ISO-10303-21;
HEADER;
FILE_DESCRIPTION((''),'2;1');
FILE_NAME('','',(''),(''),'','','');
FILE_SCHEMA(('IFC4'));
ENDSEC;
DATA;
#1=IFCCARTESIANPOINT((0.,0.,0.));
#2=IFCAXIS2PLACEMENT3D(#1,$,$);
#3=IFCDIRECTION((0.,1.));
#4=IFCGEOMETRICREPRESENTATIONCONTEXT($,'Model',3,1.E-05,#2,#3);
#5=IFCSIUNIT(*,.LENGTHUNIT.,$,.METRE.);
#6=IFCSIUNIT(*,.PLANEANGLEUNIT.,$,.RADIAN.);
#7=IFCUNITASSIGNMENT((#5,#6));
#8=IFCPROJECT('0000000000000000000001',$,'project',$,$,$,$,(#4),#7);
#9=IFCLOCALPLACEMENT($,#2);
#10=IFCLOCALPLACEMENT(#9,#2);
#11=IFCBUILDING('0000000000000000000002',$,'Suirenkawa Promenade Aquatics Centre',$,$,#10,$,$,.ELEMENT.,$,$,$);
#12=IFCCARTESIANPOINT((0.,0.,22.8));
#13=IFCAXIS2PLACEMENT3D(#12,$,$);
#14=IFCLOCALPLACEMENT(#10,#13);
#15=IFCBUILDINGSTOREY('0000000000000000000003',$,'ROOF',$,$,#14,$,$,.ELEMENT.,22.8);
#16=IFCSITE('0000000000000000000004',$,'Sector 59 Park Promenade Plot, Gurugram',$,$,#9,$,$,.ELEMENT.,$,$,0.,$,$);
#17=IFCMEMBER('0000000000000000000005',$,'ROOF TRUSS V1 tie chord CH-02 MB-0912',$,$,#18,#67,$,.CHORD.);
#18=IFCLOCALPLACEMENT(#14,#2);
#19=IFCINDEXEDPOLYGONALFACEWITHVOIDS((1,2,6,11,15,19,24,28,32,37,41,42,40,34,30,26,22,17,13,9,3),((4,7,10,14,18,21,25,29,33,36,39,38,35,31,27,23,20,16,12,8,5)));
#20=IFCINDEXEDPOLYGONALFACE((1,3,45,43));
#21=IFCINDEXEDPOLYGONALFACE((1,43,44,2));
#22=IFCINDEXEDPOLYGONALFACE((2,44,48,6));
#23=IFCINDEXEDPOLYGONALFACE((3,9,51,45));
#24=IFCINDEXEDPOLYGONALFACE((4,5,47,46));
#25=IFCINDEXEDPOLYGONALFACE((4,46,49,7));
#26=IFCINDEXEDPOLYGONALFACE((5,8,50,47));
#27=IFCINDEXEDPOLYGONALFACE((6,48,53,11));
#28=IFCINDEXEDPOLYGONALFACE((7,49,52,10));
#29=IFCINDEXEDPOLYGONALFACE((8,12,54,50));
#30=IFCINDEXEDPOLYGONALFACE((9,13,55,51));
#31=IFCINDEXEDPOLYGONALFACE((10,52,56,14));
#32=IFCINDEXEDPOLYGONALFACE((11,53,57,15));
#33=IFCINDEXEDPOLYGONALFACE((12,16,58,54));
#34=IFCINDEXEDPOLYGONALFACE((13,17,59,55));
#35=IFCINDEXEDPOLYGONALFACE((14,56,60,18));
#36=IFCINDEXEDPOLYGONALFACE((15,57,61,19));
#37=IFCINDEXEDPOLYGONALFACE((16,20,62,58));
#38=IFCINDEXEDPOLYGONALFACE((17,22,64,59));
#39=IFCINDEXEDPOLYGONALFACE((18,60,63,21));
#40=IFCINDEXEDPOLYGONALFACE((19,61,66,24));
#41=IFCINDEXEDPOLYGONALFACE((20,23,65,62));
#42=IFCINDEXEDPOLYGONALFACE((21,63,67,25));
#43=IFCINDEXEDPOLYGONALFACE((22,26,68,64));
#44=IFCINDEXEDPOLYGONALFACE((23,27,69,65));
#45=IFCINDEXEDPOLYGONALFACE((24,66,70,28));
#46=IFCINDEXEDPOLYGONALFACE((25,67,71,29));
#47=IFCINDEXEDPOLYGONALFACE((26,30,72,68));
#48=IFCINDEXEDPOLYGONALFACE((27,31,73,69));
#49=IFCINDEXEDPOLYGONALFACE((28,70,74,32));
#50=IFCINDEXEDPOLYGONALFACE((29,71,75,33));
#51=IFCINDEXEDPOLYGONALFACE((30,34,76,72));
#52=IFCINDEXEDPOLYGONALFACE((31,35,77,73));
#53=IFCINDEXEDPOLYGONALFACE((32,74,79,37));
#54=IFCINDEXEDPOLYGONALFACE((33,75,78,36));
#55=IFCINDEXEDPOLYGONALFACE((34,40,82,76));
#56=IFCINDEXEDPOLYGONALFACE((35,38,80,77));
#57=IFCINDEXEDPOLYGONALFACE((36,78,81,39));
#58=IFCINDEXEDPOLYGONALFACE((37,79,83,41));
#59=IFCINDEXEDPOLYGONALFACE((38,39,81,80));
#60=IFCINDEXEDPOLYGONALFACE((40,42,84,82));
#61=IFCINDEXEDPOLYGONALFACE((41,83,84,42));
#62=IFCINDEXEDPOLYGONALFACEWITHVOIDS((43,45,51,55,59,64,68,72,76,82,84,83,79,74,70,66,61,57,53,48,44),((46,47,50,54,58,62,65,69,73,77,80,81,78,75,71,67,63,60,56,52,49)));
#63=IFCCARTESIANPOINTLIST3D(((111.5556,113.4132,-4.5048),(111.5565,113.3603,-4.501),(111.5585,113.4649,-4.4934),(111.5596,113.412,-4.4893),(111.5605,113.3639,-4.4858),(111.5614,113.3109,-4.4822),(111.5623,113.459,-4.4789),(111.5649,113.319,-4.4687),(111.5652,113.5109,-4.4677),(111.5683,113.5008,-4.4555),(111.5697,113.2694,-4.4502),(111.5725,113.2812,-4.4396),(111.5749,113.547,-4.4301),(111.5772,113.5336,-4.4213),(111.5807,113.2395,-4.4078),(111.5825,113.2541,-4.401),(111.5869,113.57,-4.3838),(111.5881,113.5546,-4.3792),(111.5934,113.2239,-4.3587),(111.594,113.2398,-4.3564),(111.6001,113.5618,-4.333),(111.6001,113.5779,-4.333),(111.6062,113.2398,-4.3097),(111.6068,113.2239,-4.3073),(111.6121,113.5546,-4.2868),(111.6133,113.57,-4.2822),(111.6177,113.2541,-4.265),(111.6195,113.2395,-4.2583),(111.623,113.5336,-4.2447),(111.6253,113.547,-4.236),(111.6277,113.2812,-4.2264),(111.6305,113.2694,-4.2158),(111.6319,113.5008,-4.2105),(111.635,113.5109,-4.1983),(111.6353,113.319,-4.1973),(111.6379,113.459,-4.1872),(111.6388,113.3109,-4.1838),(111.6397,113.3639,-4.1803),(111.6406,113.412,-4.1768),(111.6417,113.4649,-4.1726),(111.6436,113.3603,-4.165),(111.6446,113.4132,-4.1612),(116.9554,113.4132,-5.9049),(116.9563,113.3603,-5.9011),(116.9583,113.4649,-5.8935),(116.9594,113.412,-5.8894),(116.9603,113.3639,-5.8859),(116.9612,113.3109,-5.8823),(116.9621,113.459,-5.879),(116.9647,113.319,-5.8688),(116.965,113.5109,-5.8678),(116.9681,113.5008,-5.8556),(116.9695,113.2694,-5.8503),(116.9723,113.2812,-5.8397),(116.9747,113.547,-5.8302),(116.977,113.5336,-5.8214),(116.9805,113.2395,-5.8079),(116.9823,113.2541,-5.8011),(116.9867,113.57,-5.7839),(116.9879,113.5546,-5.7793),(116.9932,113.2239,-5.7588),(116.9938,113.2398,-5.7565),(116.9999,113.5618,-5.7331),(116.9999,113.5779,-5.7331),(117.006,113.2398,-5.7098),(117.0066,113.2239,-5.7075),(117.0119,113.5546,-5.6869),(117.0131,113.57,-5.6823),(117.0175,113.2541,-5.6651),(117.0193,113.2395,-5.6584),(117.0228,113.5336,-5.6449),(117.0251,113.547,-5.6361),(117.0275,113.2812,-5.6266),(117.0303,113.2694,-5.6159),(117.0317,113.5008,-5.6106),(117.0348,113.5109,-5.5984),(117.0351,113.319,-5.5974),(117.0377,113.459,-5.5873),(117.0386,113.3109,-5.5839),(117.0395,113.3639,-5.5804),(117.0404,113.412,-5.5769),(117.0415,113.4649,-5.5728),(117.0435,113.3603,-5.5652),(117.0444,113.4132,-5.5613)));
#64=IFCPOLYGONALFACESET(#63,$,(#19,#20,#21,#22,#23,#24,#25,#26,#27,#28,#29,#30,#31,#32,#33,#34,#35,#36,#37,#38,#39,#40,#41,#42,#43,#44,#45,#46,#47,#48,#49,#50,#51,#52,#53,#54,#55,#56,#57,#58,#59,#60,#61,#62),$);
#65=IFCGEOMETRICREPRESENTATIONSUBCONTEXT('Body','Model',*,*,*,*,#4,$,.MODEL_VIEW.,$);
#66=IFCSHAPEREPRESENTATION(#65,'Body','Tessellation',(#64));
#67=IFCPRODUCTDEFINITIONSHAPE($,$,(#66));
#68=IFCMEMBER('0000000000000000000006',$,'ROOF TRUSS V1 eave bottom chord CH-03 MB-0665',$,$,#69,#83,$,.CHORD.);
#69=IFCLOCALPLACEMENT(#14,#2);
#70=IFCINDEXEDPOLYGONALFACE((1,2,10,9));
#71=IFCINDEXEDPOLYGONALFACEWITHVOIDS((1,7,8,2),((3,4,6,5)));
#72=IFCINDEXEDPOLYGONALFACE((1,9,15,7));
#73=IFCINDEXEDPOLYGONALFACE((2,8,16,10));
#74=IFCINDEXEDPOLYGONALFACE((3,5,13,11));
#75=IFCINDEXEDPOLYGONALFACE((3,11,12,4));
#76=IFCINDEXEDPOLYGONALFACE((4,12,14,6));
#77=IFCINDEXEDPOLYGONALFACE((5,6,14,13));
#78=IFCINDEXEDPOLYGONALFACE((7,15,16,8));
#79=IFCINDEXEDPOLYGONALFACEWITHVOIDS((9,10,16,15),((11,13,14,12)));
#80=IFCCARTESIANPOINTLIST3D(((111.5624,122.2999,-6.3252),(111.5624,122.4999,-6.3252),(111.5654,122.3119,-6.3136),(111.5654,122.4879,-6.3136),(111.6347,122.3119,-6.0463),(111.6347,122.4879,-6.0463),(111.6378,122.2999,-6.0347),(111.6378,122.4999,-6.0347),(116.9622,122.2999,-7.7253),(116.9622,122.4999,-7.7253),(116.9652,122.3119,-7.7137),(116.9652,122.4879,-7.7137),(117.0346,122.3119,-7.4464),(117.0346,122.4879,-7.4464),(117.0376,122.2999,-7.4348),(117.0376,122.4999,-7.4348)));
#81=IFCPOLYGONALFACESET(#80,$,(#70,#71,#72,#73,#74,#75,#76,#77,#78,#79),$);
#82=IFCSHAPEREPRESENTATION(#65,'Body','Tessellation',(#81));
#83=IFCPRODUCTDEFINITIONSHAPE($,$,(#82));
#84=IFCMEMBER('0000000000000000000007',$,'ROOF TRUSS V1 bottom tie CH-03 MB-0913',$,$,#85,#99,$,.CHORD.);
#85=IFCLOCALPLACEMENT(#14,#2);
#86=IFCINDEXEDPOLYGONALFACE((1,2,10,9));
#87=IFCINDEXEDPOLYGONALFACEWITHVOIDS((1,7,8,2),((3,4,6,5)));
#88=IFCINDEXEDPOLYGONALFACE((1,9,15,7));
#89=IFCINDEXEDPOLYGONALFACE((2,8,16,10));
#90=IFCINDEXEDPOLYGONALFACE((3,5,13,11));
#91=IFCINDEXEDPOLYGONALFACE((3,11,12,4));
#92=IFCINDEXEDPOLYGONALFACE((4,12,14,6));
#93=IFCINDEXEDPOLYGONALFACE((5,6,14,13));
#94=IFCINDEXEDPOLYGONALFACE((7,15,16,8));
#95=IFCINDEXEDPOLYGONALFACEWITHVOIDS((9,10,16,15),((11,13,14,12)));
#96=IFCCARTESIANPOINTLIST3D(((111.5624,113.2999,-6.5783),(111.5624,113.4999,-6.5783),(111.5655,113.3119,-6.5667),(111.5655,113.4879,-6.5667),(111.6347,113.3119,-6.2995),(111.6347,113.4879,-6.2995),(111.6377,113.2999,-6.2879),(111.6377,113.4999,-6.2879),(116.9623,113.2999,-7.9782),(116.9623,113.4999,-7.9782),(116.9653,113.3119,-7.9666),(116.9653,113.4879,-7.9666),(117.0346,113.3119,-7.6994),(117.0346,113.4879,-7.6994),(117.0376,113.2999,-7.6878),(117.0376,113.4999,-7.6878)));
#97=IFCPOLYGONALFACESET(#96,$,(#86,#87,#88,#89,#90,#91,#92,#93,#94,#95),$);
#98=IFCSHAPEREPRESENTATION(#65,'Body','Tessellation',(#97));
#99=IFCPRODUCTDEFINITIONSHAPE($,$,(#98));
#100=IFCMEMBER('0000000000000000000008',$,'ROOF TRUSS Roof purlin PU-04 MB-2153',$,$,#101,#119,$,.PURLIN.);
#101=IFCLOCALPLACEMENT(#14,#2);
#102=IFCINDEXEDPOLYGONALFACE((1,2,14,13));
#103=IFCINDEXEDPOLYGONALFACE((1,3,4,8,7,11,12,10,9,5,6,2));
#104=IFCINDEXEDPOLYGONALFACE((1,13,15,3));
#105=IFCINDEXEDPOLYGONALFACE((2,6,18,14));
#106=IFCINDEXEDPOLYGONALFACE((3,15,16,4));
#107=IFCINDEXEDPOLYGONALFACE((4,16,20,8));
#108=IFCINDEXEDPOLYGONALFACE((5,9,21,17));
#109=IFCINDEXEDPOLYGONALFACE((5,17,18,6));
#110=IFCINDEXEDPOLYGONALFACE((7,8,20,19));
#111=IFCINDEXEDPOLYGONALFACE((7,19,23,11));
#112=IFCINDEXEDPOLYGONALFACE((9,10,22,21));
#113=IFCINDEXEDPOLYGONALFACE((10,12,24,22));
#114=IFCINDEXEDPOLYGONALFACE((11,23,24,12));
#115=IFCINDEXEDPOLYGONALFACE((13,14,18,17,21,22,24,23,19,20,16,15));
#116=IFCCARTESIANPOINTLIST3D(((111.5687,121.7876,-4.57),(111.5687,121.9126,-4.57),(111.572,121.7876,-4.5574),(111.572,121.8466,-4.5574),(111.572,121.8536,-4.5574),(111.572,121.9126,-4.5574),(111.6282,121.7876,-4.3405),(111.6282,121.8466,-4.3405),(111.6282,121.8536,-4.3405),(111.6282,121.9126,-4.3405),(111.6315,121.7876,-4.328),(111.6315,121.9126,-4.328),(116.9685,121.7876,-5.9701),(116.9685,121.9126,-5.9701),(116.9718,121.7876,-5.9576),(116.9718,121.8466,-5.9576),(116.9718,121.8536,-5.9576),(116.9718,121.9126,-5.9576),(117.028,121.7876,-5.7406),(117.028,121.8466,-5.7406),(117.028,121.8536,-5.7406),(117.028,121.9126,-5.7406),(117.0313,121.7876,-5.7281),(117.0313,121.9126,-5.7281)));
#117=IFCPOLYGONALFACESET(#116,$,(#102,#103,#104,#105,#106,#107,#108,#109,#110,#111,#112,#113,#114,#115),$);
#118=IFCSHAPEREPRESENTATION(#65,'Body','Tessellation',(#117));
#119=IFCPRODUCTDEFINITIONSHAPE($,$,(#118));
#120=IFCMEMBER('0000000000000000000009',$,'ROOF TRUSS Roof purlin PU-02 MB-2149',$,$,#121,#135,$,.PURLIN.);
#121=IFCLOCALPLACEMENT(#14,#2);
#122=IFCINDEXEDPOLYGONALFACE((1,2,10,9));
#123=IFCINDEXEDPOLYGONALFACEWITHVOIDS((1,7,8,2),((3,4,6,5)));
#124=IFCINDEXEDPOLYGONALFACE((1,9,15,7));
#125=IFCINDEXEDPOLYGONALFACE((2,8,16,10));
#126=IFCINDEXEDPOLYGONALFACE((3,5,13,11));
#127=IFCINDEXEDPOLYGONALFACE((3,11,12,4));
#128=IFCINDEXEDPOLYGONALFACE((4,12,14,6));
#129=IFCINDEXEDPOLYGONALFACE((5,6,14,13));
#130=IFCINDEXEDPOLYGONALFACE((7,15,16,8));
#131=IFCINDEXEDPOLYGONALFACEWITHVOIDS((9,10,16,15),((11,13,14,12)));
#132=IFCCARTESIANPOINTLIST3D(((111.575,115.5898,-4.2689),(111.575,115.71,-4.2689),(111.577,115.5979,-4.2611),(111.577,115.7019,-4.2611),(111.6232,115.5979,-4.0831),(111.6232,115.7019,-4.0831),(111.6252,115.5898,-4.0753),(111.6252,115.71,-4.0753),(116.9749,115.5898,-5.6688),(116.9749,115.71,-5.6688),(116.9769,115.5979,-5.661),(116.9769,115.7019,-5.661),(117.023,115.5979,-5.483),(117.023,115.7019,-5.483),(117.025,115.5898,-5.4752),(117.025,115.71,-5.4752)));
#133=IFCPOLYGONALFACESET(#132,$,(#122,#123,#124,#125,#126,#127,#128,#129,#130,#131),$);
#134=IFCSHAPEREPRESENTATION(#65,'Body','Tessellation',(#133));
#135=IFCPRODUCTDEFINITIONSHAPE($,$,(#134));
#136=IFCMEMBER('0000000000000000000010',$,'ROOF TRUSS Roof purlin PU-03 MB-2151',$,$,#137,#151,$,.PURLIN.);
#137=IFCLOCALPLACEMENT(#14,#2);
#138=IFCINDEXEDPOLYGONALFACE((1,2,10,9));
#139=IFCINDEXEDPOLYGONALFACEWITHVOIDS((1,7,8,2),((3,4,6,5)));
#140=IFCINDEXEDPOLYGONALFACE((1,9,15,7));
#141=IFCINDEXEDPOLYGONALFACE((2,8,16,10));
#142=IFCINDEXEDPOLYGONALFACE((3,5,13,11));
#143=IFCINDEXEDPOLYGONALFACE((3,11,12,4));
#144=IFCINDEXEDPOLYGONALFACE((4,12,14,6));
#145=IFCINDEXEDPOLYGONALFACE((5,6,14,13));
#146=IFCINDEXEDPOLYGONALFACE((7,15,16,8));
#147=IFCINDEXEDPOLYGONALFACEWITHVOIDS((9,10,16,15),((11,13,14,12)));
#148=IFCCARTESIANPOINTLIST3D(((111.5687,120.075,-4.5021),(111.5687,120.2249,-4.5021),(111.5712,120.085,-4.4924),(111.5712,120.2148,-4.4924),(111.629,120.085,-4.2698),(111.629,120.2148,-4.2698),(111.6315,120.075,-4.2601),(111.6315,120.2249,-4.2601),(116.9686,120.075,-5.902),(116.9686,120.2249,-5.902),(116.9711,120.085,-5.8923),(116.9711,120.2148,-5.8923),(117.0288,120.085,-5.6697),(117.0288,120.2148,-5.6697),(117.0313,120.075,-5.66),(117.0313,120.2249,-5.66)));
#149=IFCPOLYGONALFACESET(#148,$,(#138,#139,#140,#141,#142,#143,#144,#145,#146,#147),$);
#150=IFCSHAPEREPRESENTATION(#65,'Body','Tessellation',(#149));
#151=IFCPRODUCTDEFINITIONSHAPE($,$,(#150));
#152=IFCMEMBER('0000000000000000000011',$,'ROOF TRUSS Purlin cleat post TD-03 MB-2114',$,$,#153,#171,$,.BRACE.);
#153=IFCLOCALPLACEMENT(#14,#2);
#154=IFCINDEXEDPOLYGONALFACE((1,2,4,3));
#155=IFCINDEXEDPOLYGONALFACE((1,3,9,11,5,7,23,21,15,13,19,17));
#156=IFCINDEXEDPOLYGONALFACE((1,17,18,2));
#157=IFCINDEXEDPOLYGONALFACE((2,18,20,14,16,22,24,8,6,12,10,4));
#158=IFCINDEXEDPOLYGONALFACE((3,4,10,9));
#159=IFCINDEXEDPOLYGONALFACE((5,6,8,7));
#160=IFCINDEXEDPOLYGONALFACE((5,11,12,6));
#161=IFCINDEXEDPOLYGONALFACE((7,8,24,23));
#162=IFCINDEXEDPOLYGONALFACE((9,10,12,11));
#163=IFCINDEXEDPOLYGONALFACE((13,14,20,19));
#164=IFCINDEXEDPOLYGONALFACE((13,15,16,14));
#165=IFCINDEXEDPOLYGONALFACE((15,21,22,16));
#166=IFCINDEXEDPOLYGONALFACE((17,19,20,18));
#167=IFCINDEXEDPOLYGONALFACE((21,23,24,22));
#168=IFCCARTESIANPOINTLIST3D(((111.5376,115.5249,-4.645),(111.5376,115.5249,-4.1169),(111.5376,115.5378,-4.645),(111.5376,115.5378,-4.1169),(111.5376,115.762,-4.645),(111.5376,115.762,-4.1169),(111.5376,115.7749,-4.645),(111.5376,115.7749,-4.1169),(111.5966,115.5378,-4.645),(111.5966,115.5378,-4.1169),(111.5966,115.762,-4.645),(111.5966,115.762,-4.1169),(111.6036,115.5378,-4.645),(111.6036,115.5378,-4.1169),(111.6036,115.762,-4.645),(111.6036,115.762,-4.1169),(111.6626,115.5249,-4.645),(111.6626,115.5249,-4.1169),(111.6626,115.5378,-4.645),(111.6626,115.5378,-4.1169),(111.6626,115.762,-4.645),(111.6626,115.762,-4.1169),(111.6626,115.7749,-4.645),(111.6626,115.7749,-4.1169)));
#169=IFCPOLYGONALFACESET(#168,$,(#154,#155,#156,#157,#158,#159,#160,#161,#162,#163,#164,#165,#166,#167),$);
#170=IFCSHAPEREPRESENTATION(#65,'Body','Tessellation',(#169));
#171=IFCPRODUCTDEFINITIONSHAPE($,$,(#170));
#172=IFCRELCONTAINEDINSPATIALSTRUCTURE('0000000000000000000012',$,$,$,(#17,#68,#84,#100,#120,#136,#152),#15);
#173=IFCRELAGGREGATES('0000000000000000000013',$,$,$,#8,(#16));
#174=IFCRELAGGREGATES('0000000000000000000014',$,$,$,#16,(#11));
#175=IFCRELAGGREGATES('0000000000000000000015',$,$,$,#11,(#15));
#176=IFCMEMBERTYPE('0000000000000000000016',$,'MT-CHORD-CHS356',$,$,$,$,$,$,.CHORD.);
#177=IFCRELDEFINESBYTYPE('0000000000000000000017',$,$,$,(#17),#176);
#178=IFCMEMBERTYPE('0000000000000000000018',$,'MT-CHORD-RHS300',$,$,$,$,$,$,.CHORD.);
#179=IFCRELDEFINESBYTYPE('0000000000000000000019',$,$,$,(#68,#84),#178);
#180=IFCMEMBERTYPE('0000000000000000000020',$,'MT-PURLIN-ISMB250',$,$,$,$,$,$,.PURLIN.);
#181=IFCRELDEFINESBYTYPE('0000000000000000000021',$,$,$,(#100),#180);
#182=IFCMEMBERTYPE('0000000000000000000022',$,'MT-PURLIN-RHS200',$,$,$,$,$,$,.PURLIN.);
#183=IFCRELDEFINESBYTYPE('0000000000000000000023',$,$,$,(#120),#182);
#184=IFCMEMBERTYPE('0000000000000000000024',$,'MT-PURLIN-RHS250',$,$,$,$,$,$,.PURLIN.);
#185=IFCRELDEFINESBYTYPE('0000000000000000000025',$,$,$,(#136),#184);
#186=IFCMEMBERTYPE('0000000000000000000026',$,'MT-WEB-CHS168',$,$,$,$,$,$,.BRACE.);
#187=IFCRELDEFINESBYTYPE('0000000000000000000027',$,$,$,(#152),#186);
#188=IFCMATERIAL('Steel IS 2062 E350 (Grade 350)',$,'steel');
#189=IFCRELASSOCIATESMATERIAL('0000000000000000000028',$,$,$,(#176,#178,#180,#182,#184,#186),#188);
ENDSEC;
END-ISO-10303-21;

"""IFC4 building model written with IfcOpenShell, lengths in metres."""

from ifc_helpers import new_model, si_unit, direction, frame, origin, origin_2d, place, context, subcontext, project, spatial, hollow_rectangle, hollow_circle, i_section, extrude, material, material_profile, profile_set, type_object, element, save


model = new_model("IFC4")

# Units and contexts
model_context = context("Model", 3, precision=1e-05, world=origin(), true_north=direction((0.0, 1.0)))
body_context = subcontext(model_context, "Body", "Model", "MODEL_VIEW")
ifc_project = project(units=[si_unit("LENGTHUNIT", "METRE"), si_unit("PLANEANGLEUNIT", "RADIAN")], contexts=[model_context])

# Site, building, storey
site_placement = place(None, origin())
site = spatial("IfcSite", under=ifc_project, at=site_placement, Name="Sector 59 Park Promenade Plot, Gurugram", CompositionType="ELEMENT", RefElevation=0.0)
building_placement = place(site_placement, origin())
building = spatial("IfcBuilding", under=site, at=building_placement, Name="Suirenkawa Promenade Aquatics Centre", CompositionType="ELEMENT")
storey_placement = place(building_placement, frame((0.0, 0.0, 22.8)))
storey = spatial("IfcBuildingStorey", under=building, at=storey_placement, Name="ROOF", CompositionType="ELEMENT", Elevation=22.8)

# Shared definitions
ifc_material = material(Name="Steel IS 2062 E350 (Grade 350)", Category="steel")

# Members
ifc_material_profile_1 = material_profile(ifc_material, hollow_circle(Radius=0.178, WallThickness=0.0161, at=origin_2d()), Name="CHS 356x16", Category="steel")
ifc_profile_set_1 = profile_set([ifc_material_profile_1], Name="Steel IS 2062 E350 (Grade 350)")
member_type_1 = type_object("IfcMemberType", Name="MT-CHORD-CHS356", PredefinedType="CHORD", material=ifc_profile_set_1)
for number, where, z_axis, x_axis, name in (
    (1, (111.6001, 113.3999, -4.333), (0.967989, 0.0, -0.250991), (0.0, 1.0, 0.0), "ROOF TRUSS V1 tie chord CH-02 MB-0912"),
):
    element("IfcMember", number, at=place(storey_placement, frame(where, z_axis=z_axis, x_axis=x_axis)), inside=storey, type_object=member_type_1, Name=name, PredefinedType="CHORD", context=body_context, shape_type="SweptSolid", body=[
        extrude(hollow_circle(Radius=0.178, WallThickness=0.0161, at=origin_2d()), origin(), (0.0, 0.0, 1.0), 5.5784),
    ])
ifc_material_profile_2 = material_profile(ifc_material, hollow_rectangle(XDim=0.2, YDim=0.3, WallThickness=0.012, at=origin_2d()), Name="RHS 300x200x12", Category="steel")
ifc_profile_set_2 = profile_set([ifc_material_profile_2], Name="Steel IS 2062 E350 (Grade 350)")
member_type_2 = type_object("IfcMemberType", Name="MT-CHORD-RHS300", PredefinedType="CHORD", material=ifc_profile_set_2)
for number, where, z_axis, x_axis, name in (
    (2, (111.6001, 122.3999, -6.1799), (0.967989, 0.0, -0.250991), (0.0, 1.0, 0.0), "ROOF TRUSS V1 eave bottom chord CH-03 MB-0665"),
    (3, (111.6001, 113.3999, -6.4331), (0.968, 0.0, -0.25095), (0.0, 1.0, 0.0), "ROOF TRUSS V1 bottom tie CH-03 MB-0913"),
):
    element("IfcMember", number, at=place(storey_placement, frame(where, z_axis=z_axis, x_axis=x_axis)), inside=storey, type_object=member_type_2, Name=name, PredefinedType="CHORD", context=body_context, shape_type="SweptSolid", body=[
        extrude(hollow_rectangle(XDim=0.2, YDim=0.3, WallThickness=0.012, at=origin_2d()), origin(), (0.0, 0.0, 1.0), 5.5784),
    ])
ifc_material_profile_3 = material_profile(ifc_material, i_section(OverallWidth=0.125, OverallDepth=0.25, WebThickness=0.0071, FlangeThickness=0.0129, at=origin_2d()), Name="ISMB 250", Category="steel")
ifc_profile_set_3 = profile_set([ifc_material_profile_3], Name="Steel IS 2062 E350 (Grade 350)")
member_type_3 = type_object("IfcMemberType", Name="MT-PURLIN-ISMB250", PredefinedType="PURLIN", material=ifc_profile_set_3)
member_1_placement = place(storey_placement, frame((111.6001, 121.8501, -4.449), z_axis=(0.967989, 0.0, -0.250991), x_axis=(0.0, 1.0, 0.0)))
element("IfcMember", 4, at=member_1_placement, inside=storey, type_object=member_type_3, Name="ROOF TRUSS Roof purlin PU-04 MB-2153", PredefinedType="PURLIN", context=body_context, shape_type="SweptSolid", body=[
    extrude(i_section(OverallWidth=0.125, OverallDepth=0.25, WebThickness=0.0071, FlangeThickness=0.0129, at=origin_2d()), origin(), (0.0, 0.0, 1.0), 5.5784),
])
ifc_material_profile_4 = material_profile(ifc_material, hollow_rectangle(XDim=0.1201, YDim=0.2, WallThickness=0.0081, at=origin_2d()), Name="RHS 200x120x8", Category="steel")
ifc_profile_set_4 = profile_set([ifc_material_profile_4], Name="Steel IS 2062 E350 (Grade 350)")
member_type_4 = type_object("IfcMemberType", Name="MT-PURLIN-RHS200", PredefinedType="PURLIN", material=ifc_profile_set_4)
member_2_placement = place(storey_placement, frame((111.6001, 115.6499, -4.1721), z_axis=(0.968, 0.0, -0.25095), x_axis=(0.0, 1.0, 0.0)))
element("IfcMember", 5, at=member_2_placement, inside=storey, type_object=member_type_4, Name="ROOF TRUSS Roof purlin PU-02 MB-2149", PredefinedType="PURLIN", context=body_context, shape_type="SweptSolid", body=[
    extrude(hollow_rectangle(XDim=0.1201, YDim=0.2, WallThickness=0.0081, at=origin_2d()), origin(), (0.0, 0.0, 1.0), 5.5784),
])
ifc_material_profile_5 = material_profile(ifc_material, hollow_rectangle(XDim=0.1499, YDim=0.25, WallThickness=0.01, at=origin_2d()), Name="RHS 250x150x10", Category="steel")
ifc_profile_set_5 = profile_set([ifc_material_profile_5], Name="Steel IS 2062 E350 (Grade 350)")
member_type_5 = type_object("IfcMemberType", Name="MT-PURLIN-RHS250", PredefinedType="PURLIN", material=ifc_profile_set_5)
member_3_placement = place(storey_placement, frame((111.6001, 120.1499, -4.3811), z_axis=(0.968, 0.0, -0.25095), x_axis=(0.0, 1.0, 0.0)))
element("IfcMember", 6, at=member_3_placement, inside=storey, type_object=member_type_5, Name="ROOF TRUSS Roof purlin PU-03 MB-2151", PredefinedType="PURLIN", context=body_context, shape_type="SweptSolid", body=[
    extrude(hollow_rectangle(XDim=0.1499, YDim=0.25, WallThickness=0.01, at=origin_2d()), origin(), (0.0, 0.0, 1.0), 5.5784),
])
ifc_material_profile_6 = material_profile(ifc_material, i_section(OverallWidth=0.125, OverallDepth=0.25, WebThickness=0.0071, FlangeThickness=0.0129, at=origin_2d()), Name="ISMB 250", Category="steel")
ifc_profile_set_6 = profile_set([ifc_material_profile_6], Name="Steel IS 2062 E350 (Grade 350)")
member_type_6 = type_object("IfcMemberType", Name="MT-WEB-CHS168", PredefinedType="BRACE", material=ifc_profile_set_6)
member_4_placement = place(storey_placement, frame((111.6001, 115.6499, -4.645), z_axis=(0.0, 0.0, 1.0), x_axis=(1.0, 0.0, 0.0)))
element("IfcMember", 7, at=member_4_placement, inside=storey, type_object=member_type_6, Name="ROOF TRUSS Purlin cleat post TD-03 MB-2114", PredefinedType="BRACE", context=body_context, shape_type="SweptSolid", body=[
    extrude(i_section(OverallWidth=0.125, OverallDepth=0.25, WebThickness=0.0071, FlangeThickness=0.0129, at=origin_2d()), origin(), (0.0, 0.0, 1.0), 0.5281),
])

save(model, "model.ifc")
